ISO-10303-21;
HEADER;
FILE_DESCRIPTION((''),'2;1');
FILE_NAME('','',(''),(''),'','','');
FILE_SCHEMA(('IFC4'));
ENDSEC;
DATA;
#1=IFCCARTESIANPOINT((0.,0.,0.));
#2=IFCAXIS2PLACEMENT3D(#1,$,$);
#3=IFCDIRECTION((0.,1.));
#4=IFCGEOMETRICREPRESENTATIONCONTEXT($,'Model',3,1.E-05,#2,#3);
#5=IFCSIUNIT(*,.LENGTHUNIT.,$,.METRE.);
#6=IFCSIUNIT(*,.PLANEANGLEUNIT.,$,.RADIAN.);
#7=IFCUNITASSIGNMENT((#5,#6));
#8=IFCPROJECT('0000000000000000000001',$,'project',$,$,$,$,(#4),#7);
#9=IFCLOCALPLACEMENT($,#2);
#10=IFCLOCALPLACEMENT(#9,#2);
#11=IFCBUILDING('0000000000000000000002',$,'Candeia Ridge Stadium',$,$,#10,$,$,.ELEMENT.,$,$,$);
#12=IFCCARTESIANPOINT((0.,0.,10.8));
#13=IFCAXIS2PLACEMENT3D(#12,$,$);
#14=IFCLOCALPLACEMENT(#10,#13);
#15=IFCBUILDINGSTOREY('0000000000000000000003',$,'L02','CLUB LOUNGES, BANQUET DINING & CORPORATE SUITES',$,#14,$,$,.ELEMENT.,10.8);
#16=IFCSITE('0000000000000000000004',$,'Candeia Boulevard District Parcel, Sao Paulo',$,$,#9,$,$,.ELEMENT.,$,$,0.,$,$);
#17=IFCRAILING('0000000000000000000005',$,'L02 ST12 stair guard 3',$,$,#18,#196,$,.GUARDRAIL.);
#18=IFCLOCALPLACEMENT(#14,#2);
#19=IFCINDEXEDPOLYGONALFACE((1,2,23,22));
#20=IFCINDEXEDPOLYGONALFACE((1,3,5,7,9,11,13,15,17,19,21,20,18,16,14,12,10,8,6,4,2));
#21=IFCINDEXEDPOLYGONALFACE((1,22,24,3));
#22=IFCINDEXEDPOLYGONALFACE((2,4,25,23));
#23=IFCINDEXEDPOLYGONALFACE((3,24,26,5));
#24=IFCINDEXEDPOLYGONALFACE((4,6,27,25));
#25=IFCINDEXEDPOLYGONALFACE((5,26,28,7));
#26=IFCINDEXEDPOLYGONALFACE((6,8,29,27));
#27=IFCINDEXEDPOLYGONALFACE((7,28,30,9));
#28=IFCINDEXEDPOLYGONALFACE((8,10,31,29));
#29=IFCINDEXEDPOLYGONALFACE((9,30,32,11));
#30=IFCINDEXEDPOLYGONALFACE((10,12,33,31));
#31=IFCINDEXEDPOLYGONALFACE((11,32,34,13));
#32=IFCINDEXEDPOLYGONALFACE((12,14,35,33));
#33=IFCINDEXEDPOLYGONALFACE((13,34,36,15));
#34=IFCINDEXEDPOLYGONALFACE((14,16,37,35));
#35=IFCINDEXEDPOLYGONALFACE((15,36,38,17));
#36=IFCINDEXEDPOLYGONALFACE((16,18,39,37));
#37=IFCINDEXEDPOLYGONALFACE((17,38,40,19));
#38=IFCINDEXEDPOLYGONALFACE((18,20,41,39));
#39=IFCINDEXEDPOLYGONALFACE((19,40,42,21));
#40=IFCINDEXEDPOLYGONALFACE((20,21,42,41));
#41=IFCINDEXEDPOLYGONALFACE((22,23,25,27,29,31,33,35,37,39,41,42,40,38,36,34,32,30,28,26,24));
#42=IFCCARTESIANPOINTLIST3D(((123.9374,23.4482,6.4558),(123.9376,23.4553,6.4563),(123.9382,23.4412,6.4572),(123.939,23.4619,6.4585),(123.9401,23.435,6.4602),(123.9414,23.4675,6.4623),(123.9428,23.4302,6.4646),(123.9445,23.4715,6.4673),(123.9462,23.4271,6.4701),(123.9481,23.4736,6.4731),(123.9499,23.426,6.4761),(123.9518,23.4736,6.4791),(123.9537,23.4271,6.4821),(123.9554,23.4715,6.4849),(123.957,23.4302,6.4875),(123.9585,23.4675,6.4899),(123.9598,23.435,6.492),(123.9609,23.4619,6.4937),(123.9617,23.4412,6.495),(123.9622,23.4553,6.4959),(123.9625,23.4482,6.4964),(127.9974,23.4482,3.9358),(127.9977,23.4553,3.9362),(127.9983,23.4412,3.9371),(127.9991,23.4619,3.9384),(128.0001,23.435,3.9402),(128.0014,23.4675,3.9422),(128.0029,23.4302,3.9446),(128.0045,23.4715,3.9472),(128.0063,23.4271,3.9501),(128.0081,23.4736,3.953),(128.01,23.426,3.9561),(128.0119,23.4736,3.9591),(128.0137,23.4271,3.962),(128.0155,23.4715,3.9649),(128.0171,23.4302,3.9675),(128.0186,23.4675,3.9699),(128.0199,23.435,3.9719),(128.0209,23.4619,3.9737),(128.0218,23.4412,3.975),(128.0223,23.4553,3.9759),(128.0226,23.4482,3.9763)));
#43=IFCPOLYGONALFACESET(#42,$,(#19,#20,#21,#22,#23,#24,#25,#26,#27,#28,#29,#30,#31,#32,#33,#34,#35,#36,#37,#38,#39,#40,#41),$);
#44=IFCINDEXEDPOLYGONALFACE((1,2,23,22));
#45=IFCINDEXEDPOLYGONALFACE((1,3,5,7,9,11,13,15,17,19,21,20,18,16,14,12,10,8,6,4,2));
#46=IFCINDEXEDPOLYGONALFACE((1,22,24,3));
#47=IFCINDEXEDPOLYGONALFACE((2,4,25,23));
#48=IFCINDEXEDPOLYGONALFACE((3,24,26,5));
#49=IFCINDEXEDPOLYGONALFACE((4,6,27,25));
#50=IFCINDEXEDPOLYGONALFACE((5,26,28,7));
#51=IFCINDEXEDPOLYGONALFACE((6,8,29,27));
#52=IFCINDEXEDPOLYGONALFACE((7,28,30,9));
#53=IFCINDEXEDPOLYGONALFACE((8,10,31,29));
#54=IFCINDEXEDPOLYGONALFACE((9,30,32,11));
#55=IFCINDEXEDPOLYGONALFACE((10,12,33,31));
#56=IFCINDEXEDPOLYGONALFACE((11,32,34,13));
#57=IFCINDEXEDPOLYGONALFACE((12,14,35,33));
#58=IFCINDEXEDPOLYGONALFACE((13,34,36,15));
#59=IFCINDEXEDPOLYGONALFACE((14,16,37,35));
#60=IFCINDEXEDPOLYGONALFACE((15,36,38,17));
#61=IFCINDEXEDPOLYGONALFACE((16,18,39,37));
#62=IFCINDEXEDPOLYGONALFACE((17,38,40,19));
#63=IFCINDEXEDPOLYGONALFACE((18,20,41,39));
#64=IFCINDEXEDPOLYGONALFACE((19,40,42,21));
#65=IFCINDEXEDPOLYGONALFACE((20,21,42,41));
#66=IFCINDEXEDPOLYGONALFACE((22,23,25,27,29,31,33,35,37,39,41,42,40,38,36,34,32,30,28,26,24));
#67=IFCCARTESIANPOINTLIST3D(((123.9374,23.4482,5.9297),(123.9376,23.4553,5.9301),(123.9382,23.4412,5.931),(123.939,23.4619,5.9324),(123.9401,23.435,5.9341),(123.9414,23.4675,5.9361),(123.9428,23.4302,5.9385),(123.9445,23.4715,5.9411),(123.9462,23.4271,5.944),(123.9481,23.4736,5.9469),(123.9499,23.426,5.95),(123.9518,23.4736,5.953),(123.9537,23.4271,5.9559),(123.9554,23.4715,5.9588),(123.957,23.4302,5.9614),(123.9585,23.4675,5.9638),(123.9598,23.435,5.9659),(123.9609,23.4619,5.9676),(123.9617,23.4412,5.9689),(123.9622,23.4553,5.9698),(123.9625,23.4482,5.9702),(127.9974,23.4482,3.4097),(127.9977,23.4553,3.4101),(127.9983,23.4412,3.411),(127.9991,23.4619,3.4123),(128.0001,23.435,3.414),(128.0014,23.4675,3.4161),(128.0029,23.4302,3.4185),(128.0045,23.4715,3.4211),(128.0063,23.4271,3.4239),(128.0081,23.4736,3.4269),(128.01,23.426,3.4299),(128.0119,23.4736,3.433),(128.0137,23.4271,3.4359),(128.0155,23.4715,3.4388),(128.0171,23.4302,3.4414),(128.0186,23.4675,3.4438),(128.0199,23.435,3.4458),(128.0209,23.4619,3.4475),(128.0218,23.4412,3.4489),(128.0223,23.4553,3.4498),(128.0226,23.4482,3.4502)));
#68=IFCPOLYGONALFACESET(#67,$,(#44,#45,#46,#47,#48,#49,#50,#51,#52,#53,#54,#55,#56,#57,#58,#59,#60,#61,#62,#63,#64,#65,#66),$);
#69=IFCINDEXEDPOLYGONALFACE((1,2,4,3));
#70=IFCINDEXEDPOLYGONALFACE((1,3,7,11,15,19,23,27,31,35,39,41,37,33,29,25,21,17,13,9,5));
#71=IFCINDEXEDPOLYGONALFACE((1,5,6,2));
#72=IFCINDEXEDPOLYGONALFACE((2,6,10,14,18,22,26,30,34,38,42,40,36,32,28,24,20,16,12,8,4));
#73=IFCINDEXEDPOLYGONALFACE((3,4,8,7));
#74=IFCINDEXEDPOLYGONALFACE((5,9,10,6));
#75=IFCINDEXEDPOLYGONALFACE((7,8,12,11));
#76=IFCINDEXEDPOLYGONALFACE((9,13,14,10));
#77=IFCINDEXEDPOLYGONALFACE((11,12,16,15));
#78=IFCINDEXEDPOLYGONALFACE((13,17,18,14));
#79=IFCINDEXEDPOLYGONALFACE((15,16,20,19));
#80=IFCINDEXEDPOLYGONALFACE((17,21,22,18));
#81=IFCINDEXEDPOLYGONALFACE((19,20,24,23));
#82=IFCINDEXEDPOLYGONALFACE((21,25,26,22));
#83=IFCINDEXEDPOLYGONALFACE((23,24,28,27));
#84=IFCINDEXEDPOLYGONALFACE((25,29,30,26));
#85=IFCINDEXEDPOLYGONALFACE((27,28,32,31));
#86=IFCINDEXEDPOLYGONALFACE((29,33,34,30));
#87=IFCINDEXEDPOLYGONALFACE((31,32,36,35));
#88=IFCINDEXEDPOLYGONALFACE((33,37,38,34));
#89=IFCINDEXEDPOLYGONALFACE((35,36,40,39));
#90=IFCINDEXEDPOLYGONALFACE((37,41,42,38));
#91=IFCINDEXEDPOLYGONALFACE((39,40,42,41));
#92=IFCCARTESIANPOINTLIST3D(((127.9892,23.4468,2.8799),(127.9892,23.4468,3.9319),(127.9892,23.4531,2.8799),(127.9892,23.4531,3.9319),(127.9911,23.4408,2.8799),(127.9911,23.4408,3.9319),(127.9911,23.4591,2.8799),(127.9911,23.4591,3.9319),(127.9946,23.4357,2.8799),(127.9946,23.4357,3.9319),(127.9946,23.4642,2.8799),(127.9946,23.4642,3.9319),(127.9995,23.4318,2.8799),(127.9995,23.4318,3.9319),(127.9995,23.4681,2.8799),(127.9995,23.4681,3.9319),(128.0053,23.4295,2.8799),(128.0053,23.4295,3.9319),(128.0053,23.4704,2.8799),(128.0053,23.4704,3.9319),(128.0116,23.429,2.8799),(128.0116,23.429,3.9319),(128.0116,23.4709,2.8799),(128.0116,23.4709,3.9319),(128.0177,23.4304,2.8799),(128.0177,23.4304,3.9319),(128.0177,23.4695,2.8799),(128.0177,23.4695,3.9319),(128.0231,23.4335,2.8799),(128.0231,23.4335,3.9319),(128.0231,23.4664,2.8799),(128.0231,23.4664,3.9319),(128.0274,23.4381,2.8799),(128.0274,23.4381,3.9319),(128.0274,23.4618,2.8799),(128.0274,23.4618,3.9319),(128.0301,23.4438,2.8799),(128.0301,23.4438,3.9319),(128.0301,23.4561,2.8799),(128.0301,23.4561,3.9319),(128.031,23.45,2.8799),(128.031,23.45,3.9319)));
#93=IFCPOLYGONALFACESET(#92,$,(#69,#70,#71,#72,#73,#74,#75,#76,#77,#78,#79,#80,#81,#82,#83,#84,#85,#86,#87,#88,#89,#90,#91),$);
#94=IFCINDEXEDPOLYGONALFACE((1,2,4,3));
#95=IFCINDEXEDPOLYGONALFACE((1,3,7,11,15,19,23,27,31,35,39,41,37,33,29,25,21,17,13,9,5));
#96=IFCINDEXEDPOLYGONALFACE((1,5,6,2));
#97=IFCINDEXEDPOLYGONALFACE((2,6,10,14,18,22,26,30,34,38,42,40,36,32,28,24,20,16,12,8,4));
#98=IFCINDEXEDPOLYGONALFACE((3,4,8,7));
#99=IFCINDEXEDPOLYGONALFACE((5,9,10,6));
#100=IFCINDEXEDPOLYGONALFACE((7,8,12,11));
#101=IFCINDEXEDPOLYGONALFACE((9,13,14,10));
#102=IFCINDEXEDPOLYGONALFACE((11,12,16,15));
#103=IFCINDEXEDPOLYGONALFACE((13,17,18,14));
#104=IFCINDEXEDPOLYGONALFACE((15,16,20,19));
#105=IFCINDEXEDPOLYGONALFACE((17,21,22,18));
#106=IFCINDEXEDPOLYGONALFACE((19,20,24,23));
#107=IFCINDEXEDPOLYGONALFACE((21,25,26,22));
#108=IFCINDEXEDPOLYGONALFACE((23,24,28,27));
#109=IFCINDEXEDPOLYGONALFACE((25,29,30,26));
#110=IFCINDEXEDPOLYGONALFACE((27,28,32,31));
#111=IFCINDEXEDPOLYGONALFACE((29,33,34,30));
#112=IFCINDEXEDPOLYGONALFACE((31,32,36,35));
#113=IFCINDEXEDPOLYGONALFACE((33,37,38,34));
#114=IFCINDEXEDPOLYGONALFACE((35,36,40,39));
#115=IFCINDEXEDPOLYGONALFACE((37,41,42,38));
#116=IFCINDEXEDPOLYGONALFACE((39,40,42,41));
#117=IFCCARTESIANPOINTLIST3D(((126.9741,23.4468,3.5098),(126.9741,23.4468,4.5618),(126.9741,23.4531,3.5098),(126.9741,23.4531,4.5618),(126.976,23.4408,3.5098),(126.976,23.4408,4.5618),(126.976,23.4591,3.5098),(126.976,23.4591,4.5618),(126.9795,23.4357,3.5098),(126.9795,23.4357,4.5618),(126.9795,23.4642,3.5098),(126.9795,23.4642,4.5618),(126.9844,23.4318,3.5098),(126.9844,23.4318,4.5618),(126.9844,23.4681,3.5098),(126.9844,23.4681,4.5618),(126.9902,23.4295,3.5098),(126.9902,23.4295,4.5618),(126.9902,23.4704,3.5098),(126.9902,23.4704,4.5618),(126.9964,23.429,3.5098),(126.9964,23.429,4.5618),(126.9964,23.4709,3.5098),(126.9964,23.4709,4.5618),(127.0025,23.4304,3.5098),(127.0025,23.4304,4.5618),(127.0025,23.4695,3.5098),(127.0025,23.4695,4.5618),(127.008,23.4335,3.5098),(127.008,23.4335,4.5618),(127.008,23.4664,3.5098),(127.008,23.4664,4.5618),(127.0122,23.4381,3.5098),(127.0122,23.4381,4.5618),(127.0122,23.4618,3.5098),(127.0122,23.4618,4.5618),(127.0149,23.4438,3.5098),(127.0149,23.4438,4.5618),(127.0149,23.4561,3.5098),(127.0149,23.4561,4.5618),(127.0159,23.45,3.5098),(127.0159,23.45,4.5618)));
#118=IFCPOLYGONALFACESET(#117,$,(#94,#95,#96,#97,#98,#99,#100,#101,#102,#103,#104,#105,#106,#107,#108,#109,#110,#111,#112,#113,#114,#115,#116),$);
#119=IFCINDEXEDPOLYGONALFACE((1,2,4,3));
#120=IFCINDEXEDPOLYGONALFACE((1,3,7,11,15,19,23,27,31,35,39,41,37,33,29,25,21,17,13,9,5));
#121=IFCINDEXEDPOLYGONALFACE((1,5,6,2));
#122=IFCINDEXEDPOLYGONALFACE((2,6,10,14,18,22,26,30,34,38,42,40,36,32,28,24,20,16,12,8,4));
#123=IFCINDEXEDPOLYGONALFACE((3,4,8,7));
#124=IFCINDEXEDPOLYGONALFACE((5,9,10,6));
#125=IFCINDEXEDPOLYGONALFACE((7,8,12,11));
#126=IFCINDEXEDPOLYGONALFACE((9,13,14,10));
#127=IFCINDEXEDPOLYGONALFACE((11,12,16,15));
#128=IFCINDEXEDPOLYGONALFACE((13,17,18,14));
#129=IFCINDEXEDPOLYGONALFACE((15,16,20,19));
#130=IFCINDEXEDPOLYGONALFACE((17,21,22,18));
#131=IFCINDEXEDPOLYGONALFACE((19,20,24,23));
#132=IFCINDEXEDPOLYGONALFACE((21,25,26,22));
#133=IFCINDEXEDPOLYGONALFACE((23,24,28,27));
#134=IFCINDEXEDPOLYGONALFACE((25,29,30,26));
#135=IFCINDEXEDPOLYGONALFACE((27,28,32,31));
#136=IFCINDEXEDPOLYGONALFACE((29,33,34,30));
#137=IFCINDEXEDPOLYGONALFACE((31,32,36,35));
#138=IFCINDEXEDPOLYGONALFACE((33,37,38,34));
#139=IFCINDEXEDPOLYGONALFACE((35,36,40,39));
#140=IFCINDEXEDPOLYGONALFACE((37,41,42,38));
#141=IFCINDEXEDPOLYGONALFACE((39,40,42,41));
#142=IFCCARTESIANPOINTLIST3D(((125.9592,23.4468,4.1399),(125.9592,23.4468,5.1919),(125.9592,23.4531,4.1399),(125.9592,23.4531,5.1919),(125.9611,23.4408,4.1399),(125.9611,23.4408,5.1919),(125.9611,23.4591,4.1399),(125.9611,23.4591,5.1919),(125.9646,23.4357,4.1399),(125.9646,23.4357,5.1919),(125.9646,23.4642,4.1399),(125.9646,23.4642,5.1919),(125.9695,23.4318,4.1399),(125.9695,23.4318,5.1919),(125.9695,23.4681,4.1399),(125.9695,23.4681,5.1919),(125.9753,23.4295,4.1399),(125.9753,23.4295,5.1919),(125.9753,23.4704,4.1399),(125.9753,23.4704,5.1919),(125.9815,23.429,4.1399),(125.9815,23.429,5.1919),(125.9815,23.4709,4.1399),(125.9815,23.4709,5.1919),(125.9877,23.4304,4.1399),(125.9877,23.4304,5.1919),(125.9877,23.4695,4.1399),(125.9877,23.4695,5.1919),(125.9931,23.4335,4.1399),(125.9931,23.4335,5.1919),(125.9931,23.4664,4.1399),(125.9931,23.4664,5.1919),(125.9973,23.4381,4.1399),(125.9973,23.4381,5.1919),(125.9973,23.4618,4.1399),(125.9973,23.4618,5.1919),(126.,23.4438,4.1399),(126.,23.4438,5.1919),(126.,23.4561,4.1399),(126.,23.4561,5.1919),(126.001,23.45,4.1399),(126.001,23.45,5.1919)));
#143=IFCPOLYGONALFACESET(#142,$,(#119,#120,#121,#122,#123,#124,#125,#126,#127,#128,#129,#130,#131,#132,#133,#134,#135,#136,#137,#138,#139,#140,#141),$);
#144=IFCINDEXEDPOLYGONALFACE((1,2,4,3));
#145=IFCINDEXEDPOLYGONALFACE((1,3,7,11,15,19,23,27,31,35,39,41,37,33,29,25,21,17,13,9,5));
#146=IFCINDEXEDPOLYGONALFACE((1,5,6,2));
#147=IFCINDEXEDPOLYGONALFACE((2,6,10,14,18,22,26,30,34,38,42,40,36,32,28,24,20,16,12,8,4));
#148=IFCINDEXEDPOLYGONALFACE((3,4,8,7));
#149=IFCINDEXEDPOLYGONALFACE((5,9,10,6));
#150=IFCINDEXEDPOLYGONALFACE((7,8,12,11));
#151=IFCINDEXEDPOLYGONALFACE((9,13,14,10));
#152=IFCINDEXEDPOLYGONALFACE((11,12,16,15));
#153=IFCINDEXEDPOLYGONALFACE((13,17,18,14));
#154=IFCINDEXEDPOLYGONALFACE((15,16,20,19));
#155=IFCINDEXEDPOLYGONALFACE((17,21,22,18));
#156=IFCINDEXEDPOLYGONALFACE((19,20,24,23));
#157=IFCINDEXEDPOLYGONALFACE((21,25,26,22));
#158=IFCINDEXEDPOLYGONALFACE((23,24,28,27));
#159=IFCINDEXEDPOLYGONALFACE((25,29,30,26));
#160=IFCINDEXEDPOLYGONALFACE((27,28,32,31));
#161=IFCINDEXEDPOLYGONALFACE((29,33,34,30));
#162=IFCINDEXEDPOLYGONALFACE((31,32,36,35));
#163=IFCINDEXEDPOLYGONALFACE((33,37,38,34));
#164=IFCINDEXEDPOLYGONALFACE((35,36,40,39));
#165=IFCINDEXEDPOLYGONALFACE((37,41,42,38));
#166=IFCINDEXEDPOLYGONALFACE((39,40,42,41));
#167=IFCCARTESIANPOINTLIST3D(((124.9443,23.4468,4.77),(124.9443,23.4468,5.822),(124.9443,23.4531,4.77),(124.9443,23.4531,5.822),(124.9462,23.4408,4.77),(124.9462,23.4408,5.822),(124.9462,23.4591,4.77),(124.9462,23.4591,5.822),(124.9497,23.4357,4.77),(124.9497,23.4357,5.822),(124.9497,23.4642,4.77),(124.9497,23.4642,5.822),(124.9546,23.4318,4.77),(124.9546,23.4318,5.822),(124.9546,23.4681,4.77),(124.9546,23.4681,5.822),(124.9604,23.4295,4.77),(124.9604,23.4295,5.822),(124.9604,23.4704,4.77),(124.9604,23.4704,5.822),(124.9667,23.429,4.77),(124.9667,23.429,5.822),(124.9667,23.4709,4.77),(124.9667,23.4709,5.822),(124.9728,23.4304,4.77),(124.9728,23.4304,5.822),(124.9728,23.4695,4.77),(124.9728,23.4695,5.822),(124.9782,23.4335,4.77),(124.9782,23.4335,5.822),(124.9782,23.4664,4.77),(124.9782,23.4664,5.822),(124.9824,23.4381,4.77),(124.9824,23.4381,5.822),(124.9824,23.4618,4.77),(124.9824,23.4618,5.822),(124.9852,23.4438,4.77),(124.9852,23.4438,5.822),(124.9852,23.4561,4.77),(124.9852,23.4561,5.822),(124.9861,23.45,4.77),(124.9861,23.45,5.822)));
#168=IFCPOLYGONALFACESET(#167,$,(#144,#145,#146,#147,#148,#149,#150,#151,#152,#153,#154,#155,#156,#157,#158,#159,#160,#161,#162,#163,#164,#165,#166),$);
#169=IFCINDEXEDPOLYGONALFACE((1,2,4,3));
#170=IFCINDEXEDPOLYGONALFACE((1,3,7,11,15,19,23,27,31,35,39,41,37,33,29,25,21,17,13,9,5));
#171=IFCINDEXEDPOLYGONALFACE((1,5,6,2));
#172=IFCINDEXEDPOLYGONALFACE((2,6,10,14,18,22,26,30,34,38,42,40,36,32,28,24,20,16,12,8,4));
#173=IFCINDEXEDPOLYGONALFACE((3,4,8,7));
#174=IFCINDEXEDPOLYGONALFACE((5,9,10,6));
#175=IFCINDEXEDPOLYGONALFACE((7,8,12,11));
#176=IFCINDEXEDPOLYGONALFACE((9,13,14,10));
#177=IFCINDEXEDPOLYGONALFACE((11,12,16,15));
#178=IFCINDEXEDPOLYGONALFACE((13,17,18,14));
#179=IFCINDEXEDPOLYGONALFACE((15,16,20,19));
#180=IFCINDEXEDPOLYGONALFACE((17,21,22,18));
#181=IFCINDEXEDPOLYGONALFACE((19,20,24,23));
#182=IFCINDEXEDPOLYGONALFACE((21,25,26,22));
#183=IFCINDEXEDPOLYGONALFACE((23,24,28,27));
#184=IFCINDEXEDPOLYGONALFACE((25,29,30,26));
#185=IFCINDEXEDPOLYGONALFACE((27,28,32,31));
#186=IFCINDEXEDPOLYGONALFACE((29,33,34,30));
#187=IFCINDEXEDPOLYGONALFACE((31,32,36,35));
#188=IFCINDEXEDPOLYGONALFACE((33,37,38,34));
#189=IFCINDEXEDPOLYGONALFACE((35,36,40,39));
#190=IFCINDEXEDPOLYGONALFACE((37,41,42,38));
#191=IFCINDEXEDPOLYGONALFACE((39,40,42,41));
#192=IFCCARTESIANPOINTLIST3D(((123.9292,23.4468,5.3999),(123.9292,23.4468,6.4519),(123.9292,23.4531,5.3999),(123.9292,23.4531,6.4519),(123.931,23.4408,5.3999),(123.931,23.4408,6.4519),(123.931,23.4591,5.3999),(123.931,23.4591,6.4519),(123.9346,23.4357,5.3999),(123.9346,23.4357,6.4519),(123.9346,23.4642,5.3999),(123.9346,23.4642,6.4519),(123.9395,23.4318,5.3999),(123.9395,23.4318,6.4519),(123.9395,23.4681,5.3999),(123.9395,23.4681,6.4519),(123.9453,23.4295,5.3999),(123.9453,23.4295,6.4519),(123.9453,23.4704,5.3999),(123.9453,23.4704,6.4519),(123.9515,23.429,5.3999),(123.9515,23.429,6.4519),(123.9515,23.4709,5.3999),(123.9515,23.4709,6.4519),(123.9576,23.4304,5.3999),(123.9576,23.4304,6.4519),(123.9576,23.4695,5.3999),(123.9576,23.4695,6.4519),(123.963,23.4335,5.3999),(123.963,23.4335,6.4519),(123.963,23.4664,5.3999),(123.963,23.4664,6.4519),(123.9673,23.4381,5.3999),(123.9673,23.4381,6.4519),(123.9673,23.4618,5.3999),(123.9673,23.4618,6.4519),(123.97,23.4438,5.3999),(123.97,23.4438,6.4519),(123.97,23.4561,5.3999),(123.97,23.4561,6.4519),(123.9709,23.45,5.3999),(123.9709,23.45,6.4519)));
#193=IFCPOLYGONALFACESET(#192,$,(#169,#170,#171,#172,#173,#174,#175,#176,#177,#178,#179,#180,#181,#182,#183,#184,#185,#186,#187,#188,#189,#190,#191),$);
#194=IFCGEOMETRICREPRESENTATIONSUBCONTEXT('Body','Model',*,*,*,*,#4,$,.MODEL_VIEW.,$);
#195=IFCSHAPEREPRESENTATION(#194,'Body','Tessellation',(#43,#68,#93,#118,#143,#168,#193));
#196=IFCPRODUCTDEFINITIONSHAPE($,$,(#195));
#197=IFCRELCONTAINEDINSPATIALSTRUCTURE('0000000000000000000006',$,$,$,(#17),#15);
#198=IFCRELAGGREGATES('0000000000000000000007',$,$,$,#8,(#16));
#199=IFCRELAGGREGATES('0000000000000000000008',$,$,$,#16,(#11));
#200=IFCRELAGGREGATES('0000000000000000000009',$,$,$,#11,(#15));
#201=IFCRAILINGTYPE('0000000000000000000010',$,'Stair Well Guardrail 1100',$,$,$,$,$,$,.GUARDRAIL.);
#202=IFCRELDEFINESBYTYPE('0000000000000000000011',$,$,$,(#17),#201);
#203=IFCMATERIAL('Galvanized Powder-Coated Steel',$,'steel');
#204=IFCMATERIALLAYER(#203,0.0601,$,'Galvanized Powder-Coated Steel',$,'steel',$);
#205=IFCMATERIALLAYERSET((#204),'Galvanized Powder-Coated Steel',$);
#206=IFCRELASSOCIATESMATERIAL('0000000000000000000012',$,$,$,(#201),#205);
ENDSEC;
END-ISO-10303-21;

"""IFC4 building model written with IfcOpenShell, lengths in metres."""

from ifc_helpers import new_model, si_unit, direction, frame, origin, origin_2d, place, context, subcontext, project, spatial, circle, extrude, material, layer, layer_set, type_object, element, save


model = new_model("IFC4")

# Units and contexts
model_context = context("Model", 3, precision=1e-05, world=origin(), true_north=direction((0.0, 1.0)))
body_context = subcontext(model_context, "Body", "Model", "MODEL_VIEW")
ifc_project = project(units=[si_unit("LENGTHUNIT", "METRE"), si_unit("PLANEANGLEUNIT", "RADIAN")], contexts=[model_context])

# Site, building, storey
site_placement = place(None, origin())
site = spatial("IfcSite", under=ifc_project, at=site_placement, Name="Candeia Boulevard District Parcel, Sao Paulo", CompositionType="ELEMENT", RefElevation=0.0)
building_placement = place(site_placement, origin())
building = spatial("IfcBuilding", under=site, at=building_placement, Name="Candeia Ridge Stadium", CompositionType="ELEMENT")
storey_placement = place(building_placement, frame((0.0, 0.0, 10.8)))
storey = spatial("IfcBuildingStorey", under=building, at=storey_placement, Name="L02", Description="CLUB LOUNGES, BANQUET DINING & CORPORATE SUITES", CompositionType="ELEMENT", Elevation=10.8)

# Railing
ifc_material_1 = material(Name="Galvanized Powder-Coated Steel", Category="steel")
ifc_layer_1 = layer(ifc_material_1, 0.0601, Name="Galvanized Powder-Coated Steel", Category="steel")
ifc_layer_set_1 = layer_set([ifc_layer_1], Name="Galvanized Powder-Coated Steel")
railing_type_1 = type_object("IfcRailingType", Name="Stair Well Guardrail 1100", PredefinedType="GUARDRAIL", material=ifc_layer_set_1)
railing_1_placement = place(storey_placement, frame((128.01, 23.45, 2.8799)))
element("IfcRailing", 1, at=railing_1_placement, inside=storey, type_object=railing_type_1, Name="L02 ST12 stair guard 3", PredefinedType="GUARDRAIL", context=body_context, shape_type="SweptSolid", body=[
    extrude(circle(Radius=0.0239, at=origin_2d()), frame((0.0, 0.0, 1.0762), z_axis=(-0.849642, 0.0, 0.52736), x_axis=(0.0, -1.0, 0.0)), (0.0, 0.0, 1.0), 4.7786),
    extrude(circle(Radius=0.0239, at=origin_2d()), frame((0.0, 0.0, 0.55), z_axis=(-0.849642, 0.0, 0.52736), x_axis=(0.0, -1.0, 0.0)), (0.0, 0.0, 1.0), 4.7786),
    extrude(circle(Radius=0.021, at=origin_2d()), origin(), (0.0, 0.0, 1.0), 1.052),
    extrude(circle(Radius=0.021, at=origin_2d()), frame((-1.0151, 0.0, 0.6299)), (0.0, 0.0, 1.0), 1.052),
    extrude(circle(Radius=0.021, at=origin_2d()), frame((-2.03, 0.0, 1.26)), (0.0, 0.0, 1.0), 1.052),
    extrude(circle(Radius=0.021, at=origin_2d()), frame((-3.0449, 0.0, 1.8901)), (0.0, 0.0, 1.0), 1.052),
    extrude(circle(Radius=0.021, at=origin_2d()), frame((-4.0601, 0.0, 2.52)), (0.0, 0.0, 1.0), 1.052),
])

save(model, "model.ifc")
